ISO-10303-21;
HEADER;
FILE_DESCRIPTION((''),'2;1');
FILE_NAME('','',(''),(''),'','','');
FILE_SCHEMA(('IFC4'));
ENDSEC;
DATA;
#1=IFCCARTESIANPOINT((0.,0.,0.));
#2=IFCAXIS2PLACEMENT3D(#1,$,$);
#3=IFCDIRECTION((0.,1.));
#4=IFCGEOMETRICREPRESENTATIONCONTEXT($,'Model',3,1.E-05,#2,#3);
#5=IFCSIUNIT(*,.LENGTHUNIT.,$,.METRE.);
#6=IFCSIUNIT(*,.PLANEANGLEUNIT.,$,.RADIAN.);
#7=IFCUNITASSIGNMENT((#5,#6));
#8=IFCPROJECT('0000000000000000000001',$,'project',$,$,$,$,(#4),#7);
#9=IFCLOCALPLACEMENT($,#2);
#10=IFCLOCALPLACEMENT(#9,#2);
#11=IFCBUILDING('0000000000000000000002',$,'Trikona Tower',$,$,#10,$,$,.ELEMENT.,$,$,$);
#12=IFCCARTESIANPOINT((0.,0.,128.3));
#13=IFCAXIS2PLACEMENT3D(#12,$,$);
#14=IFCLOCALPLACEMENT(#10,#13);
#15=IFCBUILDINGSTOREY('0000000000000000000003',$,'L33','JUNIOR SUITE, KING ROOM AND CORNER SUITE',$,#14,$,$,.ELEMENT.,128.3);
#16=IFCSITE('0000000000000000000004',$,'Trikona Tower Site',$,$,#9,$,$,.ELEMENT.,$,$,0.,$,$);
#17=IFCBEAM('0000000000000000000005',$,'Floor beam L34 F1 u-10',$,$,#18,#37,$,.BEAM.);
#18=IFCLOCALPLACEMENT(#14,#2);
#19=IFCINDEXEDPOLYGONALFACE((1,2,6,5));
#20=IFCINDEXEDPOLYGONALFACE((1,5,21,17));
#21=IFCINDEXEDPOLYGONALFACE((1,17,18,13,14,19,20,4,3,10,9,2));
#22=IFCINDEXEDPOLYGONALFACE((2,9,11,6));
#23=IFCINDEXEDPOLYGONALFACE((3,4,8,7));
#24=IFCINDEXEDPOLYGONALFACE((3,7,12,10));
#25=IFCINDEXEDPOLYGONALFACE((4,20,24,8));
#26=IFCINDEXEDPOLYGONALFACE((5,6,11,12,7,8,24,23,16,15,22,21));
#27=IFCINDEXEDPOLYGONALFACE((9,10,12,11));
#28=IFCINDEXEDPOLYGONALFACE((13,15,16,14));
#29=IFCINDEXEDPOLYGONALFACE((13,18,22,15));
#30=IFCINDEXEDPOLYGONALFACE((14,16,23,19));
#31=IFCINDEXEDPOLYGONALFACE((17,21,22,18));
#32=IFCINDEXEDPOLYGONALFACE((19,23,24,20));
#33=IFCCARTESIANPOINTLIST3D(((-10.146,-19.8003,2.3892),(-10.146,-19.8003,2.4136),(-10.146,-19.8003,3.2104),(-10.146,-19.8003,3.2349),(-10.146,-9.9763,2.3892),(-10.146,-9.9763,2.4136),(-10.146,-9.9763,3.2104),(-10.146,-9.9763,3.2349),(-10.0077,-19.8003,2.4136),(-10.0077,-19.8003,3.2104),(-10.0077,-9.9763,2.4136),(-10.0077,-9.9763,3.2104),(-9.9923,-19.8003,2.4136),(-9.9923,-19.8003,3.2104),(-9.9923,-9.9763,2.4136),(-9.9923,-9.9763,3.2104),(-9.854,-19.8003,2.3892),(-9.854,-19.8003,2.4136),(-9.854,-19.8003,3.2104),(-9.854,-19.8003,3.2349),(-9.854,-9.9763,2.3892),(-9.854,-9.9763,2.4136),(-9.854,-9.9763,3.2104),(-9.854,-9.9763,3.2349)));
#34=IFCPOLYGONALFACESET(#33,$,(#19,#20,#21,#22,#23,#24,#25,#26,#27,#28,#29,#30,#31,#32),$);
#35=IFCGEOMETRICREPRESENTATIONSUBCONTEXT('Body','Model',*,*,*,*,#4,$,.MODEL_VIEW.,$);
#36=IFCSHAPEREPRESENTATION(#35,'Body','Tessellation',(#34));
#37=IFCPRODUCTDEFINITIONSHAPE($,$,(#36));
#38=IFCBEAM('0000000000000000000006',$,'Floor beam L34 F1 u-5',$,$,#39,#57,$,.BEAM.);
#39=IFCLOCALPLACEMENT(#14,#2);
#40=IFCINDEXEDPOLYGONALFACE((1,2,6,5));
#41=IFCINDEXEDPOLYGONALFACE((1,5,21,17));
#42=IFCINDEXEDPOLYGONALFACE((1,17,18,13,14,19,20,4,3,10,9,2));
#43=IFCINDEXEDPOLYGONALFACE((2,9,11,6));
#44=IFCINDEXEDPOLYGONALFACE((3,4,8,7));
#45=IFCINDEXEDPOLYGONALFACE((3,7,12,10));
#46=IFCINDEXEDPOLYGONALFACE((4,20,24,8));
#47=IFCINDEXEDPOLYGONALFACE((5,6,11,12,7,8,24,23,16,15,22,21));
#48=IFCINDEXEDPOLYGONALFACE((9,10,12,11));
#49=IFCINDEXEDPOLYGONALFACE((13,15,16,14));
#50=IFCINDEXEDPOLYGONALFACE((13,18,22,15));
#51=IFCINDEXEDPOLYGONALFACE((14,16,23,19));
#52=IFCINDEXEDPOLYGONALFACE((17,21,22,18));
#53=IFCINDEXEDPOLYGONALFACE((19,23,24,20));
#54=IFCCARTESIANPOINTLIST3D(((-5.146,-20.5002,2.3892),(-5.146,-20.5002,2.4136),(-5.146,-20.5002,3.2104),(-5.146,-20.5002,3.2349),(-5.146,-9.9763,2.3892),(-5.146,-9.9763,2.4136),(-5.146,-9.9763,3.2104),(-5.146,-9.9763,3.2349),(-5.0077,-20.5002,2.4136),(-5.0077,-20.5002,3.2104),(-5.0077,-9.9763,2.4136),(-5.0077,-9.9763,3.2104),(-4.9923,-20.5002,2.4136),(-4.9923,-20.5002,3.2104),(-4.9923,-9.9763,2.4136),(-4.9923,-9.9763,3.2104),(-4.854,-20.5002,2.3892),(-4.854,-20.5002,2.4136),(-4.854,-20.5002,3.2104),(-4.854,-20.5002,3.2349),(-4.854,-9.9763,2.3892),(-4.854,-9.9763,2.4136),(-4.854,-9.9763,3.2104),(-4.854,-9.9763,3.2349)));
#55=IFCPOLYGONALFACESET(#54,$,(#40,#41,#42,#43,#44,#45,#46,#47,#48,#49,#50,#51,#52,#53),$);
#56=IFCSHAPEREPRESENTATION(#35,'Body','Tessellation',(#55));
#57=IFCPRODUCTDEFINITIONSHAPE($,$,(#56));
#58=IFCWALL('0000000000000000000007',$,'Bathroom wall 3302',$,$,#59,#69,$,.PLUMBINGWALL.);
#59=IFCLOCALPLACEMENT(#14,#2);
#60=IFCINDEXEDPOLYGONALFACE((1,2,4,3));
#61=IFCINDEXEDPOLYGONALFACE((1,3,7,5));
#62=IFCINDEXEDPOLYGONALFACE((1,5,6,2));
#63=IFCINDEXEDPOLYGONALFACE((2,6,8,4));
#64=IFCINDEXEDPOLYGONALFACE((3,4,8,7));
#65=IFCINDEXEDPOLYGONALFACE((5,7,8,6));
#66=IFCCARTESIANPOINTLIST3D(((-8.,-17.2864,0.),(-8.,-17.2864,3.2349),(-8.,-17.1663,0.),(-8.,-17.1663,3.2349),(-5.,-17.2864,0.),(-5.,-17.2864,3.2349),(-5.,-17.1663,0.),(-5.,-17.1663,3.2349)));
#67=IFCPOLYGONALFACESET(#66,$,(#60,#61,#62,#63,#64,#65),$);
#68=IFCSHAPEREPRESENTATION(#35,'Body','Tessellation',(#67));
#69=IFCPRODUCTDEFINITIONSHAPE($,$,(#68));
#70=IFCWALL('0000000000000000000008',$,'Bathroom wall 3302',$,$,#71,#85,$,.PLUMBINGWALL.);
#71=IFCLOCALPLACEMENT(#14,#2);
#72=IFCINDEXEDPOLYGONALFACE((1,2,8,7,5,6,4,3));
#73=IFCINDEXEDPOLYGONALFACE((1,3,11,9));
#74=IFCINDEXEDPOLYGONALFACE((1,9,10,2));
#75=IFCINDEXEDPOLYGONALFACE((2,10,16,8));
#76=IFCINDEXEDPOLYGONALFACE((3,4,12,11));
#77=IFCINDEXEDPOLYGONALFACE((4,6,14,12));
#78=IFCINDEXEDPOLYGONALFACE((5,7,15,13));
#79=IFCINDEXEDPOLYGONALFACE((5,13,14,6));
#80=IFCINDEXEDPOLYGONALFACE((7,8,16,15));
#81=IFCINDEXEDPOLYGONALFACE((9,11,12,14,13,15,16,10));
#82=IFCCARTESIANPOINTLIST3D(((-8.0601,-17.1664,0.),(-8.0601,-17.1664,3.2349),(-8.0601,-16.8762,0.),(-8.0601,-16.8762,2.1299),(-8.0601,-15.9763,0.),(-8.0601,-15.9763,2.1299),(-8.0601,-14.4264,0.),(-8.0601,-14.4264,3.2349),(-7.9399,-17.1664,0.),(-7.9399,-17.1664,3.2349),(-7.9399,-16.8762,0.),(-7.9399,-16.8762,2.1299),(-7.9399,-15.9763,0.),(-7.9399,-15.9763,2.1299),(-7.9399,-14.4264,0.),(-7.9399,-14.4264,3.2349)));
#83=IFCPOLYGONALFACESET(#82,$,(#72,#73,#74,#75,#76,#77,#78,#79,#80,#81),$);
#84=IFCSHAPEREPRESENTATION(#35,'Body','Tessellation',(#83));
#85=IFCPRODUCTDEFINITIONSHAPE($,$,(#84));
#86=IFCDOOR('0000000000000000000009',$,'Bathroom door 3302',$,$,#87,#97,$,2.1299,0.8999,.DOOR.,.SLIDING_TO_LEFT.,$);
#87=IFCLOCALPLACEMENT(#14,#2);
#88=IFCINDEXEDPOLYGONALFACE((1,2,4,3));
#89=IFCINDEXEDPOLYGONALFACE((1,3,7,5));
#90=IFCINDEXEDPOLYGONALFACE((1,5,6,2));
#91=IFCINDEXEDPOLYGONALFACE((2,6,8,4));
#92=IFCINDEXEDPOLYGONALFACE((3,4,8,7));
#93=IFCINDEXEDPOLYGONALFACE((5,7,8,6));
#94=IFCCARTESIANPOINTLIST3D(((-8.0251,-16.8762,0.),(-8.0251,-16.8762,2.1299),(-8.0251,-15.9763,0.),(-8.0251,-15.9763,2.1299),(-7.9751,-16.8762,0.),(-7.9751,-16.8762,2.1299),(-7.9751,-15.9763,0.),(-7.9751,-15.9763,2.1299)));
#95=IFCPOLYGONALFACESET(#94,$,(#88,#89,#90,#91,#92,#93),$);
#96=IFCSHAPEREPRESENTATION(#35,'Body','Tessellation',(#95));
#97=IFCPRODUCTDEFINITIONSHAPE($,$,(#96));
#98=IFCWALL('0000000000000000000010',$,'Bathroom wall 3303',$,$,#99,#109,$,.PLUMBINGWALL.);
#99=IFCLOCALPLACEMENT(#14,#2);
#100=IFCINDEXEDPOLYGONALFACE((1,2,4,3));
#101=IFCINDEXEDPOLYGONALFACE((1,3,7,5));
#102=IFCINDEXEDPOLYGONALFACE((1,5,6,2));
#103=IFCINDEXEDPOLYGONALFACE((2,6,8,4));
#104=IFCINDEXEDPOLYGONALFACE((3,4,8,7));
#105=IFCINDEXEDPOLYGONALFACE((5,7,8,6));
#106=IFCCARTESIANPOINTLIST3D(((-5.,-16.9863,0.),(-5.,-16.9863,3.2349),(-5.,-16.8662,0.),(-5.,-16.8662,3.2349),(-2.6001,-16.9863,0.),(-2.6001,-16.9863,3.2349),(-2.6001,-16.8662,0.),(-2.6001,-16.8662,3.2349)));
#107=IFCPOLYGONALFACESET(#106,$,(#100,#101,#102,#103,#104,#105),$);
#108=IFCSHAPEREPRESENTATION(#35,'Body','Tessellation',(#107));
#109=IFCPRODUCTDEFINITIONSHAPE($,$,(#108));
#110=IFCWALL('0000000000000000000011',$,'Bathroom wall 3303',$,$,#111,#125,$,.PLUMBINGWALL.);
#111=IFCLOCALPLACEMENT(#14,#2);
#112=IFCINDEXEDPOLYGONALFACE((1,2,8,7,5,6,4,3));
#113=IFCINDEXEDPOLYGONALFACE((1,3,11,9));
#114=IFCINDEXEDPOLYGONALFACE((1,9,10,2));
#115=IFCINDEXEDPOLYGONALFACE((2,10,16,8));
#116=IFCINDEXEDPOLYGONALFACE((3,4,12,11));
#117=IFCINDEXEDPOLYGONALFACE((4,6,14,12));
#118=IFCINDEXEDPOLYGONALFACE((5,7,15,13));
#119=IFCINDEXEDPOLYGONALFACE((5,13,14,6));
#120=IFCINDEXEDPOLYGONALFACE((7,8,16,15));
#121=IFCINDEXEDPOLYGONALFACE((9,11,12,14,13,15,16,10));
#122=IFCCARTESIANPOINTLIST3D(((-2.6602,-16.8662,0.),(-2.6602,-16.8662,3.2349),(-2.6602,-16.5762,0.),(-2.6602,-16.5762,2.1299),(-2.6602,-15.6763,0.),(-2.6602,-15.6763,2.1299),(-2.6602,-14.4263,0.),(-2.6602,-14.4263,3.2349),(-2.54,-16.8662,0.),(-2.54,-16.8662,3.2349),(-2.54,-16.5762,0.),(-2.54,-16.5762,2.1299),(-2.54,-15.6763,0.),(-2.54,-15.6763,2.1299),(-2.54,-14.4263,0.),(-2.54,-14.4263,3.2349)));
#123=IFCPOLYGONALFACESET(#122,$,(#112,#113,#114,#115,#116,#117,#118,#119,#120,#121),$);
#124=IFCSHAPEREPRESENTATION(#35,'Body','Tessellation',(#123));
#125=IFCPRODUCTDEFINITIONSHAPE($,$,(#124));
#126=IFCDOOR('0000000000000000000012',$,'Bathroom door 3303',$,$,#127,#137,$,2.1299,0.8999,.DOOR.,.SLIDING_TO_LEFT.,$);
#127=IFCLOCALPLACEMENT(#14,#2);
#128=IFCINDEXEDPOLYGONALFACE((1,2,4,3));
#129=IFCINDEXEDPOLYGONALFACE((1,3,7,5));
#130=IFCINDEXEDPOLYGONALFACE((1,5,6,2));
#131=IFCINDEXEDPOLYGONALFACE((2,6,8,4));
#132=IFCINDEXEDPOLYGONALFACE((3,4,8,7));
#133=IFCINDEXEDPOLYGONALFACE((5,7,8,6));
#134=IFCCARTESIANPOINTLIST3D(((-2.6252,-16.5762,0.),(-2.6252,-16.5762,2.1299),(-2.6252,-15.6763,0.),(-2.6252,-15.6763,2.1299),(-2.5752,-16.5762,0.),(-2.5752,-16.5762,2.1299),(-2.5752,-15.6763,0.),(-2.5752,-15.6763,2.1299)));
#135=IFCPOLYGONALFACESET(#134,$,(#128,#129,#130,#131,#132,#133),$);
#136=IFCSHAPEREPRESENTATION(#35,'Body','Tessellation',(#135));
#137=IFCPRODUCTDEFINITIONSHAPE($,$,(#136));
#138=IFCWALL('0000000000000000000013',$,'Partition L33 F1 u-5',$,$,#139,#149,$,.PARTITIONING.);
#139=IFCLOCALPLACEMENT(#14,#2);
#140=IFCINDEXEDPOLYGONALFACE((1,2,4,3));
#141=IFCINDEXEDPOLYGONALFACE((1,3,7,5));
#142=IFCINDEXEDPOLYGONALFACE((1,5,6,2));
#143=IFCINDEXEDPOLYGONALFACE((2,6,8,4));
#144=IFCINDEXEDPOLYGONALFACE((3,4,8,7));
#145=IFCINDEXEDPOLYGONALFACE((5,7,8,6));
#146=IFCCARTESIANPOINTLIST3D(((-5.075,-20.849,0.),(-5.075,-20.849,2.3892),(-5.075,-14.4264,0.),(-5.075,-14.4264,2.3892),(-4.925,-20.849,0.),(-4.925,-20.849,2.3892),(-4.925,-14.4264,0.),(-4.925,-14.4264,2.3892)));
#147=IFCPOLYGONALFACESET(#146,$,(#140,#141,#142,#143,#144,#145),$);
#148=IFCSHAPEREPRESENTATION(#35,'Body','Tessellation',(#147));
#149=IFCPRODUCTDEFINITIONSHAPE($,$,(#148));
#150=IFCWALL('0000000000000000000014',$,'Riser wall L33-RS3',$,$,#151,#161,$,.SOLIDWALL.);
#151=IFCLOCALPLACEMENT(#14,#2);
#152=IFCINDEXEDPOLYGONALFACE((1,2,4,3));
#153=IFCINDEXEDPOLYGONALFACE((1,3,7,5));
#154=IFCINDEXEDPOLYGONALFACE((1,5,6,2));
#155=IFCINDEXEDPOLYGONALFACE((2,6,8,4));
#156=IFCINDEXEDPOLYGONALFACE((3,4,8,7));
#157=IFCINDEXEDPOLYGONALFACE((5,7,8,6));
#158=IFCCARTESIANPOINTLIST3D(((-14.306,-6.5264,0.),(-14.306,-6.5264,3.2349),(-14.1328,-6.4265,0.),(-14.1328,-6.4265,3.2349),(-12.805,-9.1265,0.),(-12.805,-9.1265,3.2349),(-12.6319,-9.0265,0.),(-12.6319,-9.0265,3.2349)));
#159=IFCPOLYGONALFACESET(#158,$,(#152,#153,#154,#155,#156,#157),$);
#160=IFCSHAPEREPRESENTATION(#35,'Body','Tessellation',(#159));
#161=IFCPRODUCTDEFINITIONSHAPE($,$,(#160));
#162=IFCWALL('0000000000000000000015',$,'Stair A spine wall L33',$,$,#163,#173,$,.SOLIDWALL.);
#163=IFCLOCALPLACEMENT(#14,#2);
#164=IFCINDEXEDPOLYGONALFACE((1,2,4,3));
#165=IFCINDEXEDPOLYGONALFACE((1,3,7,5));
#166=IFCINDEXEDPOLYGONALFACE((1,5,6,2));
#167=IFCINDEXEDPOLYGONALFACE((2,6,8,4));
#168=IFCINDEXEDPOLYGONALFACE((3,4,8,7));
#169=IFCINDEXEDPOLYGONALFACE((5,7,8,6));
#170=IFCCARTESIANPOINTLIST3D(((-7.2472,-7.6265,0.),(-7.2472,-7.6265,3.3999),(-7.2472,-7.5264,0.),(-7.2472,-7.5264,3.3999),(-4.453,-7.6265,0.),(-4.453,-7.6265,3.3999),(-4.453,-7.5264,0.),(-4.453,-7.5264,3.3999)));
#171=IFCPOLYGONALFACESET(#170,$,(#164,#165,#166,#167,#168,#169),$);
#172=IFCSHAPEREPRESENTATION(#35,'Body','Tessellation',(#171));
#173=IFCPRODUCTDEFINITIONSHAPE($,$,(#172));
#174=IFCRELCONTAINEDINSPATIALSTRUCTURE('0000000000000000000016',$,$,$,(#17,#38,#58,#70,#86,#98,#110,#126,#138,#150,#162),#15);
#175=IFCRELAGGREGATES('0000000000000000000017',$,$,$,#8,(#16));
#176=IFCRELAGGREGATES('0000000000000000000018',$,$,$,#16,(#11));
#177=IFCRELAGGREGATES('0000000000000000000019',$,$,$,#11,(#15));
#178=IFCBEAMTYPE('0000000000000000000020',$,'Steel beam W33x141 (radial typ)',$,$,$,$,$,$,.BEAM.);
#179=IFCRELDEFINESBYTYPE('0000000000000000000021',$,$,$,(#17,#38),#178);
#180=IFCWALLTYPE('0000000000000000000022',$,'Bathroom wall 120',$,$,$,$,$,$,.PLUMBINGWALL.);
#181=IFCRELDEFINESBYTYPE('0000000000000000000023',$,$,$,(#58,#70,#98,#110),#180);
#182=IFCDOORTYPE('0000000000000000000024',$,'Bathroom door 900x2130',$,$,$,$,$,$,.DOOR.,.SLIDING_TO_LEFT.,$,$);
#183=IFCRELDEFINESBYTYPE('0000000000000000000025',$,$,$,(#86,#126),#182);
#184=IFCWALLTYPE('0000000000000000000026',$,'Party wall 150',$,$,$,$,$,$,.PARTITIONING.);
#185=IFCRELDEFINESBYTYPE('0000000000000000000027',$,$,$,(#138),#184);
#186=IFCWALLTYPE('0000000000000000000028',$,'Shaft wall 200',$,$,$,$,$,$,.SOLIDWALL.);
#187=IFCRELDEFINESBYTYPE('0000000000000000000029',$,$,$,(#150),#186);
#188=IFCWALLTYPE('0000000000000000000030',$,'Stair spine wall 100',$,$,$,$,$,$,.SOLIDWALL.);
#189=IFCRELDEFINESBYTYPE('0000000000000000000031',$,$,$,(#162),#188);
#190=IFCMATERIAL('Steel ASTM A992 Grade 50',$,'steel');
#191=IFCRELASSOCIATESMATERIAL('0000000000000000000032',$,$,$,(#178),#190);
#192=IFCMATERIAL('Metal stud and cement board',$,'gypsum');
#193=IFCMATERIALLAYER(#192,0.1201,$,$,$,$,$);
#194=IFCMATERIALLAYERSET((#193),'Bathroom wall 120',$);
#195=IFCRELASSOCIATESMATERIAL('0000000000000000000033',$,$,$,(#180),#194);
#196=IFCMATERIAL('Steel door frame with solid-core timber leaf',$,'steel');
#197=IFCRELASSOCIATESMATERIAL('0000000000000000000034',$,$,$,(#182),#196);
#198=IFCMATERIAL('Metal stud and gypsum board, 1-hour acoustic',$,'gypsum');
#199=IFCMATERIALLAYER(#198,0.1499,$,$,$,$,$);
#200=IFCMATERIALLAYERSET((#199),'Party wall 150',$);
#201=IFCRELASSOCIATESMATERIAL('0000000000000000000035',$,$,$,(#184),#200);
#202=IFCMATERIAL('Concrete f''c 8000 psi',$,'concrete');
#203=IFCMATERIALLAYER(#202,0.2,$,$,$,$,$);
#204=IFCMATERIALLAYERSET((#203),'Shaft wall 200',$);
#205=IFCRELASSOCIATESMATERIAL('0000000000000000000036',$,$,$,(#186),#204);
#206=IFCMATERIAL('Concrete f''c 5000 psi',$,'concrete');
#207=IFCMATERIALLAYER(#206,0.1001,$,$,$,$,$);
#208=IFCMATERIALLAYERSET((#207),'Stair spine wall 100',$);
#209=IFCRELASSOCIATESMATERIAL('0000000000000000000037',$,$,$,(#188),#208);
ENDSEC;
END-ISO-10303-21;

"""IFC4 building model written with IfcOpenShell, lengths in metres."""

from ifc_helpers import new_model, si_unit, direction, frame, frame_2d, origin, origin_2d, place, context, subcontext, project, spatial, rectangle, i_section, extrude, material, layer, layer_set, material_profile, profile_set, type_object, element, fill, save


model = new_model("IFC4")

# Units and contexts
model_context = context("Model", 3, precision=1e-05, world=origin(), true_north=direction((0.0, 1.0)))
body_context = subcontext(model_context, "Body", "Model", "MODEL_VIEW")
ifc_project = project(units=[si_unit("LENGTHUNIT", "METRE"), si_unit("PLANEANGLEUNIT", "RADIAN")], contexts=[model_context])

# Site, building, storey
site_placement = place(None, origin())
site = spatial("IfcSite", under=ifc_project, at=site_placement, Name="Trikona Tower Site", CompositionType="ELEMENT", RefElevation=0.0)
building_placement = place(site_placement, origin())
building = spatial("IfcBuilding", under=site, at=building_placement, Name="Trikona Tower", CompositionType="ELEMENT")
storey_placement = place(building_placement, frame((0.0, 0.0, 128.3)))
storey = spatial("IfcBuildingStorey", under=building, at=storey_placement, Name="L33", Description="JUNIOR SUITE, KING ROOM AND CORNER SUITE", CompositionType="ELEMENT", Elevation=128.3)

# Beams
ifc_material_1 = material(Name="Steel ASTM A992 Grade 50", Category="steel")
ifc_material_profile = material_profile(ifc_material_1, i_section(OverallWidth=0.292, OverallDepth=0.8457, WebThickness=0.0154, FlangeThickness=0.0244, at=origin_2d()), Name="W33X141")
ifc_profile_set = profile_set([ifc_material_profile], Name="Steel ASTM A992 Grade 50")
beam_type = type_object("IfcBeamType", Name="Steel beam W33x141 (radial typ)", PredefinedType="BEAM", material=ifc_profile_set)
beam_1_placement = place(storey_placement, frame((-10.0, -9.9763, 2.812), z_axis=(0.0, -1.0, 0.0), x_axis=(1.0, 0.0, 0.0)))
element("IfcBeam", 1, at=beam_1_placement, inside=storey, type_object=beam_type, Name="Floor beam L34 F1 u-10", PredefinedType="BEAM", context=body_context, shape_type="SweptSolid", body=[
    extrude(i_section(OverallWidth=0.292, OverallDepth=0.8457, WebThickness=0.0154, FlangeThickness=0.0244, at=origin_2d()), origin(), (0.0, 0.0, 1.0), 9.824),
])
beam_2_placement = place(storey_placement, frame((-5.0, -9.9763, 2.812), z_axis=(0.0, -1.0, 0.0), x_axis=(1.0, 0.0, 0.0)))
element("IfcBeam", 2, at=beam_2_placement, inside=storey, type_object=beam_type, Name="Floor beam L34 F1 u-5", PredefinedType="BEAM", context=body_context, shape_type="SweptSolid", body=[
    extrude(i_section(OverallWidth=0.292, OverallDepth=0.8457, WebThickness=0.0154, FlangeThickness=0.0244, at=origin_2d()), origin(), (0.0, 0.0, 1.0), 10.5239),
])

# Wall
ifc_material_2 = material(Name="Metal stud and cement board", Category="gypsum")
ifc_layer_1 = layer(ifc_material_2, 0.1201)
ifc_layer_set_1 = layer_set([ifc_layer_1], Name="Bathroom wall 120")
wall_type_1 = type_object("IfcWallType", Name="Bathroom wall 120", PredefinedType="PLUMBINGWALL", material=ifc_layer_set_1)
wall_1_placement = place(storey_placement, frame((-8.0, -17.2263, 0.0), z_axis=(0.0, 0.0, 1.0), x_axis=(1.0, 0.0, 0.0)))
element("IfcWall", 3, at=wall_1_placement, inside=storey, type_object=wall_type_1, Name="Bathroom wall 3302", PredefinedType="PLUMBINGWALL", context=body_context, shape_type="SweptSolid", body=[
    extrude(rectangle(XDim=3.0, YDim=0.1201, at=frame_2d((1.5, 0.0))), origin(), (0.0, 0.0, 1.0), 3.2349),
])

# Wall, opening, door
wall_2_placement = place(storey_placement, frame((-8.0, -14.4263, 0.0), z_axis=(0.0, 0.0, 1.0), x_axis=(0.0, -1.0, 0.0)))
wall_2 = element("IfcWall", 4, at=wall_2_placement, inside=storey, type_object=wall_type_1, Name="Bathroom wall 3302", PredefinedType="PLUMBINGWALL", context=body_context, shape_type="SweptSolid", body=[
    extrude(rectangle(XDim=2.74, YDim=0.1201, at=frame_2d((1.3701, 0.0))), origin(), (0.0, 0.0, 1.0), 3.2349),
])
opening_1_placement = place(wall_2_placement, frame((1.55, 0.0, 0.0)))
opening_1 = element("IfcOpeningElement", 5, at=opening_1_placement, cuts=wall_2, PredefinedType="OPENING", context=body_context, shape_type="SweptSolid", body=[
    extrude(rectangle(XDim=0.8999, YDim=2.1299, at=frame_2d((0.45, 1.0649))), frame((0.0, 0.0701, 0.0), z_axis=(0.0, -1.0, 0.0), x_axis=(1.0, 0.0, 0.0)), (0.0, 0.0, 1.0), 0.1401),
])
ifc_material_3 = material(Name="Steel door frame with solid-core timber leaf", Category="steel")
door_type_1 = type_object("IfcDoorType", Name="Bathroom door 900x2130", OperationType="SLIDING_TO_LEFT", PredefinedType="DOOR", material=ifc_material_3)
door_1_placement = place(opening_1_placement, origin())
door_1 = element("IfcDoor", 6, at=door_1_placement, inside=storey, type_object=door_type_1, Name="Bathroom door 3302", OperationType="SLIDING_TO_LEFT", OverallHeight=2.1299, OverallWidth=0.8999, PredefinedType="DOOR", context=body_context, shape_type="SweptSolid", body=[
    extrude(rectangle(XDim=0.8999, YDim=2.1299, at=frame_2d((0.45, 1.0649))), frame((0.0, 0.0249, 0.0), z_axis=(0.0, -1.0, 0.0), x_axis=(1.0, 0.0, 0.0)), (0.0, 0.0, 1.0), 0.05),
])
fill(opening_1, door_1)

# Wall
wall_3_placement = place(storey_placement, frame((-5.0, -16.9263, 0.0), z_axis=(0.0, 0.0, 1.0), x_axis=(1.0, 0.0, 0.0)))
element("IfcWall", 7, at=wall_3_placement, inside=storey, type_object=wall_type_1, Name="Bathroom wall 3303", PredefinedType="PLUMBINGWALL", context=body_context, shape_type="SweptSolid", body=[
    extrude(rectangle(XDim=2.3999, YDim=0.1201, at=frame_2d((1.2, 0.0))), origin(), (0.0, 0.0, 1.0), 3.2349),
])

# Wall, opening, door
wall_4_placement = place(storey_placement, frame((-2.6001, -14.4263, 0.0), z_axis=(0.0, 0.0, 1.0), x_axis=(0.0, -1.0, 0.0)))
wall_4 = element("IfcWall", 8, at=wall_4_placement, inside=storey, type_object=wall_type_1, Name="Bathroom wall 3303", PredefinedType="PLUMBINGWALL", context=body_context, shape_type="SweptSolid", body=[
    extrude(rectangle(XDim=2.4399, YDim=0.1201, at=frame_2d((1.22, 0.0))), origin(), (0.0, 0.0, 1.0), 3.2349),
])
opening_2_placement = place(wall_4_placement, frame((1.25, 0.0, 0.0)))
opening_2 = element("IfcOpeningElement", 9, at=opening_2_placement, cuts=wall_4, PredefinedType="OPENING", context=body_context, shape_type="SweptSolid", body=[
    extrude(rectangle(XDim=0.8999, YDim=2.1299, at=frame_2d((0.45, 1.0649))), frame((0.0, 0.0701, 0.0), z_axis=(0.0, -1.0, 0.0), x_axis=(1.0, 0.0, 0.0)), (0.0, 0.0, 1.0), 0.1401),
])
door_2_placement = place(opening_2_placement, origin())
door_2 = element("IfcDoor", 10, at=door_2_placement, inside=storey, type_object=door_type_1, Name="Bathroom door 3303", OperationType="SLIDING_TO_LEFT", OverallHeight=2.1299, OverallWidth=0.8999, PredefinedType="DOOR", context=body_context, shape_type="SweptSolid", body=[
    extrude(rectangle(XDim=0.8999, YDim=2.1299, at=frame_2d((0.45, 1.0649))), frame((0.0, 0.0249, 0.0), z_axis=(0.0, -1.0, 0.0), x_axis=(1.0, 0.0, 0.0)), (0.0, 0.0, 1.0), 0.05),
])
fill(opening_2, door_2)

# Walls
ifc_material_4 = material(Name="Metal stud and gypsum board, 1-hour acoustic", Category="gypsum")
ifc_layer_2 = layer(ifc_material_4, 0.1499)
ifc_layer_set_2 = layer_set([ifc_layer_2], Name="Party wall 150")
wall_type_2 = type_object("IfcWallType", Name="Party wall 150", PredefinedType="PARTITIONING", material=ifc_layer_set_2)
wall_5_placement = place(storey_placement, frame((-5.0, -14.4263, 0.0), z_axis=(0.0, 0.0, 1.0), x_axis=(0.0, -1.0, 0.0)))
element("IfcWall", 11, at=wall_5_placement, inside=storey, type_object=wall_type_2, Name="Partition L33 F1 u-5", PredefinedType="PARTITIONING", context=body_context, shape_type="SweptSolid", body=[
    extrude(rectangle(XDim=6.4226, YDim=0.1499, at=frame_2d((3.2114, 0.0))), origin(), (0.0, 0.0, 1.0), 2.3892),
])
ifc_material_5 = material(Name="Concrete f'c 8000 psi", Category="concrete")
ifc_layer_3 = layer(ifc_material_5, 0.2)
ifc_layer_set_3 = layer_set([ifc_layer_3], Name="Shaft wall 200")
wall_type_3 = type_object("IfcWallType", Name="Shaft wall 200", PredefinedType="SOLIDWALL", material=ifc_layer_set_3)
wall_6_placement = place(storey_placement, frame((-12.7185, -9.0764, 0.0), z_axis=(0.0, 0.0, 1.0), x_axis=(-0.499952, 0.866053, 0.0)))
element("IfcWall", 12, at=wall_6_placement, inside=storey, type_object=wall_type_3, Name="Riser wall L33-RS3", PredefinedType="SOLIDWALL", context=body_context, shape_type="SweptSolid", body=[
    extrude(rectangle(XDim=3.0022, YDim=0.2, at=frame_2d((1.501, 0.0))), origin(), (0.0, 0.0, 1.0), 3.2349),
])
ifc_material_6 = material(Name="Concrete f'c 5000 psi", Category="concrete")
ifc_layer_4 = layer(ifc_material_6, 0.1001)
ifc_layer_set_4 = layer_set([ifc_layer_4], Name="Stair spine wall 100")
wall_type_4 = type_object("IfcWallType", Name="Stair spine wall 100", PredefinedType="SOLIDWALL", material=ifc_layer_set_4)
wall_7_placement = place(storey_placement, frame((-7.2471, -7.5764, 0.0), z_axis=(0.0, 0.0, 1.0), x_axis=(1.0, 0.0, 0.0)))
element("IfcWall", 13, at=wall_7_placement, inside=storey, type_object=wall_type_4, Name="Stair A spine wall L33", PredefinedType="SOLIDWALL", context=body_context, shape_type="SweptSolid", body=[
    extrude(rectangle(XDim=2.7942, YDim=0.1001, at=frame_2d((1.397, 0.0))), origin(), (0.0, 0.0, 1.0), 3.3999),
])

save(model, "model.ifc")
